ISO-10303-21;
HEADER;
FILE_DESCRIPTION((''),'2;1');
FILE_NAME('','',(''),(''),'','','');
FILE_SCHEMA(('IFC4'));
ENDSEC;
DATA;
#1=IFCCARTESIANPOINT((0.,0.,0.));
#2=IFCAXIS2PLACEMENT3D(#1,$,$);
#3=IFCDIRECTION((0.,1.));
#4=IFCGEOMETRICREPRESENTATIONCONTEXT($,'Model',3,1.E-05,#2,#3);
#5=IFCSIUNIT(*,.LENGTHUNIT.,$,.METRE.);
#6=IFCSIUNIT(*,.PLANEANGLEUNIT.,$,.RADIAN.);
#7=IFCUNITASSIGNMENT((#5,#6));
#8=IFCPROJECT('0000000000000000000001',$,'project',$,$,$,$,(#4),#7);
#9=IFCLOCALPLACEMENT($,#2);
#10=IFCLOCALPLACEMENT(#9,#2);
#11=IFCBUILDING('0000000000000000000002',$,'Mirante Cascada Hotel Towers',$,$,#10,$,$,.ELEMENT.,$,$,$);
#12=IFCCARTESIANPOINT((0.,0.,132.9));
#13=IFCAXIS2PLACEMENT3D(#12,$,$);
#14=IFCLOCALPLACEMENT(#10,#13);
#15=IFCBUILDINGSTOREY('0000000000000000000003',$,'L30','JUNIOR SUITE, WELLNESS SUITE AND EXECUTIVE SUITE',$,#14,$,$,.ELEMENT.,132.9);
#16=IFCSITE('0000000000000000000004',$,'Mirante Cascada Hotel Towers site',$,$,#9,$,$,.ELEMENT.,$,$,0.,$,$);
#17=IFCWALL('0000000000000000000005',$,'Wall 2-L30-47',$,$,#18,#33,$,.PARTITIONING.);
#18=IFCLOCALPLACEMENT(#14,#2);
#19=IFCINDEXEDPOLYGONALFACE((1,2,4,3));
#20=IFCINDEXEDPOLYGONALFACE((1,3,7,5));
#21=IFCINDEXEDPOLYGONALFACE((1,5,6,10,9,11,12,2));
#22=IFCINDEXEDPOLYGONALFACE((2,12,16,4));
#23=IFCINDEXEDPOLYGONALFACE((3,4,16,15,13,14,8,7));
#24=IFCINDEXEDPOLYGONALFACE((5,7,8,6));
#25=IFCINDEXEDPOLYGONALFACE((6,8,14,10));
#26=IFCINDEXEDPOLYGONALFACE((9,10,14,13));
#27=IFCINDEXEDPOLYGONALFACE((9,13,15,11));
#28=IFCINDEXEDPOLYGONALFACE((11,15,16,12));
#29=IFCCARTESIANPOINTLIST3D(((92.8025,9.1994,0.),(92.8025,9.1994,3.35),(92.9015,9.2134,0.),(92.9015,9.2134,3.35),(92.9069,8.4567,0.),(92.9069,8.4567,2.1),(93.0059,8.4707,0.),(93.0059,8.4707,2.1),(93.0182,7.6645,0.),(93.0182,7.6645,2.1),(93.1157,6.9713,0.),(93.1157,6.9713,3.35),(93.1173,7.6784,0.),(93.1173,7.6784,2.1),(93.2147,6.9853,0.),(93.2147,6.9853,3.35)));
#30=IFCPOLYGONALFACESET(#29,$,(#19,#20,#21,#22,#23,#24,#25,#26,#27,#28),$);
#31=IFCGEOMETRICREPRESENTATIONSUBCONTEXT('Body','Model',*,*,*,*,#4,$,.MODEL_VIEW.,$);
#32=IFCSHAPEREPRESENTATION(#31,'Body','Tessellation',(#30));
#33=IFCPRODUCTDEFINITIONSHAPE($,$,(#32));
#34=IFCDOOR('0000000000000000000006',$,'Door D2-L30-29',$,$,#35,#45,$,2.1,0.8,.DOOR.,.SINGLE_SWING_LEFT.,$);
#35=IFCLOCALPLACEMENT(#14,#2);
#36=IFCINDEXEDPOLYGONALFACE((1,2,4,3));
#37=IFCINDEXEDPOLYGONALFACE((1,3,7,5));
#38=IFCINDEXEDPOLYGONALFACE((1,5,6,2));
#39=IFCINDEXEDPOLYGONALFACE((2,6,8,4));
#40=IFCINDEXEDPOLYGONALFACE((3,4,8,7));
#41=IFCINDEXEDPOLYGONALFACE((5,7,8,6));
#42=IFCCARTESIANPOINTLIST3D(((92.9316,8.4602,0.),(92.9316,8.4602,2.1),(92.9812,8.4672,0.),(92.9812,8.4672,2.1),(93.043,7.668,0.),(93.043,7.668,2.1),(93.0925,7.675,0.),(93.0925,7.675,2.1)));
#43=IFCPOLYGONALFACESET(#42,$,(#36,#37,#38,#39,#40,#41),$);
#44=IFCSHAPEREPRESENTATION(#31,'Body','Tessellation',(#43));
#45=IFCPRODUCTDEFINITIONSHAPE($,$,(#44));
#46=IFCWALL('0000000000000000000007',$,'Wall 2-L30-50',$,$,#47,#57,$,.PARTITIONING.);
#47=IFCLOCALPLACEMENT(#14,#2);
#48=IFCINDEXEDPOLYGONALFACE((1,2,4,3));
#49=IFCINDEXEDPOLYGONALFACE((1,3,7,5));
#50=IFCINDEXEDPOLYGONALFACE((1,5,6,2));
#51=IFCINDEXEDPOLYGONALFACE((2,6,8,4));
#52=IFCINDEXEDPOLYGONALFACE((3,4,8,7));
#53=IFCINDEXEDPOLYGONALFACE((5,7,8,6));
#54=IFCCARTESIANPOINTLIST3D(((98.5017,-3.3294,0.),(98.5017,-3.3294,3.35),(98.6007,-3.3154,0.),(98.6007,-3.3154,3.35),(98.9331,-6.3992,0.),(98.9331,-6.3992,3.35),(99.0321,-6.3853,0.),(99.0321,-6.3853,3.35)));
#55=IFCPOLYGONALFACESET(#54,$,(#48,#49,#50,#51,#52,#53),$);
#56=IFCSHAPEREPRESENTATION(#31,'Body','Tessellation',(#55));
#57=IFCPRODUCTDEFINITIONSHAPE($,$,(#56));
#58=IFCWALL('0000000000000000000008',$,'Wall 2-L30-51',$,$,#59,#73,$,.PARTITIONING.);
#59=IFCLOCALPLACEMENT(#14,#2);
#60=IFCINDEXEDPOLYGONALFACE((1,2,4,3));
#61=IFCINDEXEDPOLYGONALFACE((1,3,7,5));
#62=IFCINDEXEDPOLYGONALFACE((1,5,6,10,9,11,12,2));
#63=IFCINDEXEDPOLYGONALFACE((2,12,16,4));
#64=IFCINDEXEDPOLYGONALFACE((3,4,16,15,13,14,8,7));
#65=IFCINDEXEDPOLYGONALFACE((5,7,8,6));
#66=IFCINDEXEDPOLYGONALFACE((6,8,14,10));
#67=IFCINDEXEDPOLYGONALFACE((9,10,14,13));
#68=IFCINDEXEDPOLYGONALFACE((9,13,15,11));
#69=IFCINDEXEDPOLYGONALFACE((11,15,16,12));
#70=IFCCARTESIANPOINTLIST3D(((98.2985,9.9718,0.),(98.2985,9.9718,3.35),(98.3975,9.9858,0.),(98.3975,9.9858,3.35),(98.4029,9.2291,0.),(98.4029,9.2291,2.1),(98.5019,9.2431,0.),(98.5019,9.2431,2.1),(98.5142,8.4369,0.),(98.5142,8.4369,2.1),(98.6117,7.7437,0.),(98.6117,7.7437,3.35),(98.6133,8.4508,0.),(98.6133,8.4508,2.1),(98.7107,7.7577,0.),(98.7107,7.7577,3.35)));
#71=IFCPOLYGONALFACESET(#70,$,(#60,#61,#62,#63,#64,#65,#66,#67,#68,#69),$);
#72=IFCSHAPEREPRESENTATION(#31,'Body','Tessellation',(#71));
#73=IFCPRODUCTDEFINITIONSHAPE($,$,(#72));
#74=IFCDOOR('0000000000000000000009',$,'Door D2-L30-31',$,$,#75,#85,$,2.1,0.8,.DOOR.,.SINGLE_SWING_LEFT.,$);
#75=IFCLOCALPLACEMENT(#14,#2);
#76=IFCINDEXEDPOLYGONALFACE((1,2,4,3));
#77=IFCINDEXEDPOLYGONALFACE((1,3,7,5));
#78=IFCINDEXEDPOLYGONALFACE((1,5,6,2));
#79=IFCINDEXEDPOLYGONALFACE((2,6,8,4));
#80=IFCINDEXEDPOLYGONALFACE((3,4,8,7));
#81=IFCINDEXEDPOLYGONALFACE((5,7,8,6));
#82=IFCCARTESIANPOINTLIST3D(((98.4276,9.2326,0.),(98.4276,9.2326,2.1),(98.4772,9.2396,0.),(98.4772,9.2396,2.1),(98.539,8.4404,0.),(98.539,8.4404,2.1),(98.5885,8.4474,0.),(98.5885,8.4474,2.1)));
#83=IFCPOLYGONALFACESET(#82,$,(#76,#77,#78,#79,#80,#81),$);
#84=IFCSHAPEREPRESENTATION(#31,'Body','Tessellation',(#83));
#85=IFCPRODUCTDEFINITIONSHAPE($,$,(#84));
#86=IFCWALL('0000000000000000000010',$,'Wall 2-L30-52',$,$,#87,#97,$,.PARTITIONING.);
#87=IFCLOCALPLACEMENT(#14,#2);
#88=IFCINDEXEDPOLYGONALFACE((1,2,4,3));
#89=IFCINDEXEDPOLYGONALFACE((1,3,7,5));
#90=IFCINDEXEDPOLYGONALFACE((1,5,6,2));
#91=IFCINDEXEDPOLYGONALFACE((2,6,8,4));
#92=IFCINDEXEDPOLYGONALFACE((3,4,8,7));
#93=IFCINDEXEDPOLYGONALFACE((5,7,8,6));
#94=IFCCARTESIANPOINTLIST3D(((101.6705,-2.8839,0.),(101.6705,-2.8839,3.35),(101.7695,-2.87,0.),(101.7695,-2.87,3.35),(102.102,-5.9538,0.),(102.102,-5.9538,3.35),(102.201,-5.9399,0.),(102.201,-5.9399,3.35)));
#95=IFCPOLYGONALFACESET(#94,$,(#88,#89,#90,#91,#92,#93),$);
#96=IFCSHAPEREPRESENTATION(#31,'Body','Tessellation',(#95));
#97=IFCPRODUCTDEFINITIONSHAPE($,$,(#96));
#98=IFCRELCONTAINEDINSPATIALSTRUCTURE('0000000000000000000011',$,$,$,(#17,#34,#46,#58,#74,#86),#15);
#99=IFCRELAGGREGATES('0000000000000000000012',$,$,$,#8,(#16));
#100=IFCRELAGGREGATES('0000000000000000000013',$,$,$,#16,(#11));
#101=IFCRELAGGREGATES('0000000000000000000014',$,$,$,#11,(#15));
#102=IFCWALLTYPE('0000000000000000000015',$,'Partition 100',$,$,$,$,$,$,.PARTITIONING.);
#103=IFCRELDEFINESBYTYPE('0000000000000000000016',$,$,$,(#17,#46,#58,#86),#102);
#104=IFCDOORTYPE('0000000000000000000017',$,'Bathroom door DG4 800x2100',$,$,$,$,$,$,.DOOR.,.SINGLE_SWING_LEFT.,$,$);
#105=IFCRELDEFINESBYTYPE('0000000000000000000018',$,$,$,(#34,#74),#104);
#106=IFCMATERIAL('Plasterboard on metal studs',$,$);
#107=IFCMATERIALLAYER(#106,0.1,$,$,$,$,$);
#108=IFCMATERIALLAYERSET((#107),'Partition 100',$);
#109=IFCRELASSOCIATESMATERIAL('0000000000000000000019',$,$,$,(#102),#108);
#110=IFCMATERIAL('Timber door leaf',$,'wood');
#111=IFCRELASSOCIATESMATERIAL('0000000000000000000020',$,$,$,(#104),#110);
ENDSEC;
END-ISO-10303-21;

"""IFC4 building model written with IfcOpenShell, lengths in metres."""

from ifc_helpers import new_model, si_unit, direction, frame, frame_2d, origin, place, context, subcontext, project, spatial, rectangle, extrude, material, layer, layer_set, type_object, element, fill, save


model = new_model("IFC4")

# Units and contexts
model_context = context("Model", 3, precision=1e-05, world=origin(), true_north=direction((0.0, 1.0)))
body_context = subcontext(model_context, "Body", "Model", "MODEL_VIEW")
ifc_project = project(units=[si_unit("LENGTHUNIT", "METRE"), si_unit("PLANEANGLEUNIT", "RADIAN")], contexts=[model_context])

# Site, building, storey
site_placement = place(None, origin())
site = spatial("IfcSite", under=ifc_project, at=site_placement, Name="Mirante Cascada Hotel Towers site", CompositionType="ELEMENT", RefElevation=0.0)
building_placement = place(site_placement, origin())
building = spatial("IfcBuilding", under=site, at=building_placement, Name="Mirante Cascada Hotel Towers", CompositionType="ELEMENT")
storey_placement = place(building_placement, frame((0.0, 0.0, 132.9)))
storey = spatial("IfcBuildingStorey", under=building, at=storey_placement, Name="L30", Description="JUNIOR SUITE, WELLNESS SUITE AND EXECUTIVE SUITE", CompositionType="ELEMENT", Elevation=132.9)

# Wall, opening, door
ifc_material_1 = material(Name="Plasterboard on metal studs")
ifc_layer_1 = layer(ifc_material_1, 0.1)
ifc_layer_set_1 = layer_set([ifc_layer_1], Name="Partition 100")
wall_type_1 = type_object("IfcWallType", Name="Partition 100", PredefinedType="PARTITIONING", material=ifc_layer_set_1)
ifc_material_2 = material(Name="Timber door leaf", Category="wood")
door_type = type_object("IfcDoorType", Name="Bathroom door DG4 800x2100", OperationType="SINGLE_SWING_LEFT", PredefinedType="DOOR", material=ifc_material_2)
wall_1_placement = place(storey_placement, frame((93.1652, 6.9783, 0.0), z_axis=(0.0, 0.0, 1.0), x_axis=(-0.1392, 0.990264, 0.0)))
wall_1 = element("IfcWall", 1, at=wall_1_placement, inside=storey, type_object=wall_type_1, Name="Wall 2-L30-47", PredefinedType="PARTITIONING", context=body_context, shape_type="SweptSolid", body=[
    extrude(rectangle(XDim=2.25, YDim=0.1, at=frame_2d((1.125, 0.0))), origin(), (0.0, 0.0, 1.0), 3.35),
])
opening_1_placement = place(wall_1_placement, frame((0.7, 0.0, 0.0)))
opening_1 = element("IfcOpeningElement", 2, at=opening_1_placement, cuts=wall_1, PredefinedType="OPENING", context=body_context, shape_type="SweptSolid", body=[
    extrude(rectangle(XDim=0.8, YDim=2.1, at=frame_2d((0.4, 1.05))), frame((0.0, 0.05, 0.0), z_axis=(0.0, -1.0, 0.0), x_axis=(1.0, 0.0, 0.0)), (0.0, 0.0, 1.0), 0.1),
])
door_1_placement = place(opening_1_placement, origin())
door_1 = element("IfcDoor", 3, at=door_1_placement, inside=storey, type_object=door_type, Name="Door D2-L30-29", OperationType="SINGLE_SWING_LEFT", OverallHeight=2.1, OverallWidth=0.8, PredefinedType="DOOR", context=body_context, shape_type="SweptSolid", body=[
    extrude(rectangle(XDim=0.8, YDim=2.1, at=frame_2d((0.4, 1.05))), frame((0.0, 0.025, 0.0), z_axis=(0.0, -1.0, 0.0), x_axis=(1.0, 0.0, 0.0)), (0.0, 0.0, 1.0), 0.05),
])
fill(opening_1, door_1)

# Wall
wall_2_placement = place(storey_placement, frame((98.5512, -3.3224, 0.0), z_axis=(0.0, 0.0, 1.0), x_axis=(0.139163, -0.99027, 0.0)))
element("IfcWall", 4, at=wall_2_placement, inside=storey, type_object=wall_type_1, Name="Wall 2-L30-50", PredefinedType="PARTITIONING", context=body_context, shape_type="SweptSolid", body=[
    extrude(rectangle(XDim=3.1, YDim=0.1, at=frame_2d((1.55, 0.0))), origin(), (0.0, 0.0, 1.0), 3.35),
])

# Wall, opening, door
wall_3_placement = place(storey_placement, frame((98.6612, 7.7507, 0.0), z_axis=(0.0, 0.0, 1.0), x_axis=(-0.1392, 0.990264, 0.0)))
wall_3 = element("IfcWall", 5, at=wall_3_placement, inside=storey, type_object=wall_type_1, Name="Wall 2-L30-51", PredefinedType="PARTITIONING", context=body_context, shape_type="SweptSolid", body=[
    extrude(rectangle(XDim=2.25, YDim=0.1, at=frame_2d((1.125, 0.0))), origin(), (0.0, 0.0, 1.0), 3.35),
])
opening_2_placement = place(wall_3_placement, frame((0.7, 0.0, 0.0)))
opening_2 = element("IfcOpeningElement", 6, at=opening_2_placement, cuts=wall_3, PredefinedType="OPENING", context=body_context, shape_type="SweptSolid", body=[
    extrude(rectangle(XDim=0.8, YDim=2.1, at=frame_2d((0.4, 1.05))), frame((0.0, 0.05, 0.0), z_axis=(0.0, -1.0, 0.0), x_axis=(1.0, 0.0, 0.0)), (0.0, 0.0, 1.0), 0.1),
])
door_2_placement = place(opening_2_placement, origin())
door_2 = element("IfcDoor", 7, at=door_2_placement, inside=storey, type_object=door_type, Name="Door D2-L30-31", OperationType="SINGLE_SWING_LEFT", OverallHeight=2.1, OverallWidth=0.8, PredefinedType="DOOR", context=body_context, shape_type="SweptSolid", body=[
    extrude(rectangle(XDim=0.8, YDim=2.1, at=frame_2d((0.4, 1.05))), frame((0.0, 0.025, 0.0), z_axis=(0.0, -1.0, 0.0), x_axis=(1.0, 0.0, 0.0)), (0.0, 0.0, 1.0), 0.05),
])
fill(opening_2, door_2)

# Wall
wall_4_placement = place(storey_placement, frame((101.72, -2.877, 0.0), z_axis=(0.0, 0.0, 1.0), x_axis=(0.13919, -0.990266, 0.0)))
element("IfcWall", 8, at=wall_4_placement, inside=storey, type_object=wall_type_1, Name="Wall 2-L30-52", PredefinedType="PARTITIONING", context=body_context, shape_type="SweptSolid", body=[
    extrude(rectangle(XDim=3.1001, YDim=0.1, at=frame_2d((1.55, 0.0))), origin(), (0.0, 0.0, 1.0), 3.35),
])

save(model, "model.ifc")
